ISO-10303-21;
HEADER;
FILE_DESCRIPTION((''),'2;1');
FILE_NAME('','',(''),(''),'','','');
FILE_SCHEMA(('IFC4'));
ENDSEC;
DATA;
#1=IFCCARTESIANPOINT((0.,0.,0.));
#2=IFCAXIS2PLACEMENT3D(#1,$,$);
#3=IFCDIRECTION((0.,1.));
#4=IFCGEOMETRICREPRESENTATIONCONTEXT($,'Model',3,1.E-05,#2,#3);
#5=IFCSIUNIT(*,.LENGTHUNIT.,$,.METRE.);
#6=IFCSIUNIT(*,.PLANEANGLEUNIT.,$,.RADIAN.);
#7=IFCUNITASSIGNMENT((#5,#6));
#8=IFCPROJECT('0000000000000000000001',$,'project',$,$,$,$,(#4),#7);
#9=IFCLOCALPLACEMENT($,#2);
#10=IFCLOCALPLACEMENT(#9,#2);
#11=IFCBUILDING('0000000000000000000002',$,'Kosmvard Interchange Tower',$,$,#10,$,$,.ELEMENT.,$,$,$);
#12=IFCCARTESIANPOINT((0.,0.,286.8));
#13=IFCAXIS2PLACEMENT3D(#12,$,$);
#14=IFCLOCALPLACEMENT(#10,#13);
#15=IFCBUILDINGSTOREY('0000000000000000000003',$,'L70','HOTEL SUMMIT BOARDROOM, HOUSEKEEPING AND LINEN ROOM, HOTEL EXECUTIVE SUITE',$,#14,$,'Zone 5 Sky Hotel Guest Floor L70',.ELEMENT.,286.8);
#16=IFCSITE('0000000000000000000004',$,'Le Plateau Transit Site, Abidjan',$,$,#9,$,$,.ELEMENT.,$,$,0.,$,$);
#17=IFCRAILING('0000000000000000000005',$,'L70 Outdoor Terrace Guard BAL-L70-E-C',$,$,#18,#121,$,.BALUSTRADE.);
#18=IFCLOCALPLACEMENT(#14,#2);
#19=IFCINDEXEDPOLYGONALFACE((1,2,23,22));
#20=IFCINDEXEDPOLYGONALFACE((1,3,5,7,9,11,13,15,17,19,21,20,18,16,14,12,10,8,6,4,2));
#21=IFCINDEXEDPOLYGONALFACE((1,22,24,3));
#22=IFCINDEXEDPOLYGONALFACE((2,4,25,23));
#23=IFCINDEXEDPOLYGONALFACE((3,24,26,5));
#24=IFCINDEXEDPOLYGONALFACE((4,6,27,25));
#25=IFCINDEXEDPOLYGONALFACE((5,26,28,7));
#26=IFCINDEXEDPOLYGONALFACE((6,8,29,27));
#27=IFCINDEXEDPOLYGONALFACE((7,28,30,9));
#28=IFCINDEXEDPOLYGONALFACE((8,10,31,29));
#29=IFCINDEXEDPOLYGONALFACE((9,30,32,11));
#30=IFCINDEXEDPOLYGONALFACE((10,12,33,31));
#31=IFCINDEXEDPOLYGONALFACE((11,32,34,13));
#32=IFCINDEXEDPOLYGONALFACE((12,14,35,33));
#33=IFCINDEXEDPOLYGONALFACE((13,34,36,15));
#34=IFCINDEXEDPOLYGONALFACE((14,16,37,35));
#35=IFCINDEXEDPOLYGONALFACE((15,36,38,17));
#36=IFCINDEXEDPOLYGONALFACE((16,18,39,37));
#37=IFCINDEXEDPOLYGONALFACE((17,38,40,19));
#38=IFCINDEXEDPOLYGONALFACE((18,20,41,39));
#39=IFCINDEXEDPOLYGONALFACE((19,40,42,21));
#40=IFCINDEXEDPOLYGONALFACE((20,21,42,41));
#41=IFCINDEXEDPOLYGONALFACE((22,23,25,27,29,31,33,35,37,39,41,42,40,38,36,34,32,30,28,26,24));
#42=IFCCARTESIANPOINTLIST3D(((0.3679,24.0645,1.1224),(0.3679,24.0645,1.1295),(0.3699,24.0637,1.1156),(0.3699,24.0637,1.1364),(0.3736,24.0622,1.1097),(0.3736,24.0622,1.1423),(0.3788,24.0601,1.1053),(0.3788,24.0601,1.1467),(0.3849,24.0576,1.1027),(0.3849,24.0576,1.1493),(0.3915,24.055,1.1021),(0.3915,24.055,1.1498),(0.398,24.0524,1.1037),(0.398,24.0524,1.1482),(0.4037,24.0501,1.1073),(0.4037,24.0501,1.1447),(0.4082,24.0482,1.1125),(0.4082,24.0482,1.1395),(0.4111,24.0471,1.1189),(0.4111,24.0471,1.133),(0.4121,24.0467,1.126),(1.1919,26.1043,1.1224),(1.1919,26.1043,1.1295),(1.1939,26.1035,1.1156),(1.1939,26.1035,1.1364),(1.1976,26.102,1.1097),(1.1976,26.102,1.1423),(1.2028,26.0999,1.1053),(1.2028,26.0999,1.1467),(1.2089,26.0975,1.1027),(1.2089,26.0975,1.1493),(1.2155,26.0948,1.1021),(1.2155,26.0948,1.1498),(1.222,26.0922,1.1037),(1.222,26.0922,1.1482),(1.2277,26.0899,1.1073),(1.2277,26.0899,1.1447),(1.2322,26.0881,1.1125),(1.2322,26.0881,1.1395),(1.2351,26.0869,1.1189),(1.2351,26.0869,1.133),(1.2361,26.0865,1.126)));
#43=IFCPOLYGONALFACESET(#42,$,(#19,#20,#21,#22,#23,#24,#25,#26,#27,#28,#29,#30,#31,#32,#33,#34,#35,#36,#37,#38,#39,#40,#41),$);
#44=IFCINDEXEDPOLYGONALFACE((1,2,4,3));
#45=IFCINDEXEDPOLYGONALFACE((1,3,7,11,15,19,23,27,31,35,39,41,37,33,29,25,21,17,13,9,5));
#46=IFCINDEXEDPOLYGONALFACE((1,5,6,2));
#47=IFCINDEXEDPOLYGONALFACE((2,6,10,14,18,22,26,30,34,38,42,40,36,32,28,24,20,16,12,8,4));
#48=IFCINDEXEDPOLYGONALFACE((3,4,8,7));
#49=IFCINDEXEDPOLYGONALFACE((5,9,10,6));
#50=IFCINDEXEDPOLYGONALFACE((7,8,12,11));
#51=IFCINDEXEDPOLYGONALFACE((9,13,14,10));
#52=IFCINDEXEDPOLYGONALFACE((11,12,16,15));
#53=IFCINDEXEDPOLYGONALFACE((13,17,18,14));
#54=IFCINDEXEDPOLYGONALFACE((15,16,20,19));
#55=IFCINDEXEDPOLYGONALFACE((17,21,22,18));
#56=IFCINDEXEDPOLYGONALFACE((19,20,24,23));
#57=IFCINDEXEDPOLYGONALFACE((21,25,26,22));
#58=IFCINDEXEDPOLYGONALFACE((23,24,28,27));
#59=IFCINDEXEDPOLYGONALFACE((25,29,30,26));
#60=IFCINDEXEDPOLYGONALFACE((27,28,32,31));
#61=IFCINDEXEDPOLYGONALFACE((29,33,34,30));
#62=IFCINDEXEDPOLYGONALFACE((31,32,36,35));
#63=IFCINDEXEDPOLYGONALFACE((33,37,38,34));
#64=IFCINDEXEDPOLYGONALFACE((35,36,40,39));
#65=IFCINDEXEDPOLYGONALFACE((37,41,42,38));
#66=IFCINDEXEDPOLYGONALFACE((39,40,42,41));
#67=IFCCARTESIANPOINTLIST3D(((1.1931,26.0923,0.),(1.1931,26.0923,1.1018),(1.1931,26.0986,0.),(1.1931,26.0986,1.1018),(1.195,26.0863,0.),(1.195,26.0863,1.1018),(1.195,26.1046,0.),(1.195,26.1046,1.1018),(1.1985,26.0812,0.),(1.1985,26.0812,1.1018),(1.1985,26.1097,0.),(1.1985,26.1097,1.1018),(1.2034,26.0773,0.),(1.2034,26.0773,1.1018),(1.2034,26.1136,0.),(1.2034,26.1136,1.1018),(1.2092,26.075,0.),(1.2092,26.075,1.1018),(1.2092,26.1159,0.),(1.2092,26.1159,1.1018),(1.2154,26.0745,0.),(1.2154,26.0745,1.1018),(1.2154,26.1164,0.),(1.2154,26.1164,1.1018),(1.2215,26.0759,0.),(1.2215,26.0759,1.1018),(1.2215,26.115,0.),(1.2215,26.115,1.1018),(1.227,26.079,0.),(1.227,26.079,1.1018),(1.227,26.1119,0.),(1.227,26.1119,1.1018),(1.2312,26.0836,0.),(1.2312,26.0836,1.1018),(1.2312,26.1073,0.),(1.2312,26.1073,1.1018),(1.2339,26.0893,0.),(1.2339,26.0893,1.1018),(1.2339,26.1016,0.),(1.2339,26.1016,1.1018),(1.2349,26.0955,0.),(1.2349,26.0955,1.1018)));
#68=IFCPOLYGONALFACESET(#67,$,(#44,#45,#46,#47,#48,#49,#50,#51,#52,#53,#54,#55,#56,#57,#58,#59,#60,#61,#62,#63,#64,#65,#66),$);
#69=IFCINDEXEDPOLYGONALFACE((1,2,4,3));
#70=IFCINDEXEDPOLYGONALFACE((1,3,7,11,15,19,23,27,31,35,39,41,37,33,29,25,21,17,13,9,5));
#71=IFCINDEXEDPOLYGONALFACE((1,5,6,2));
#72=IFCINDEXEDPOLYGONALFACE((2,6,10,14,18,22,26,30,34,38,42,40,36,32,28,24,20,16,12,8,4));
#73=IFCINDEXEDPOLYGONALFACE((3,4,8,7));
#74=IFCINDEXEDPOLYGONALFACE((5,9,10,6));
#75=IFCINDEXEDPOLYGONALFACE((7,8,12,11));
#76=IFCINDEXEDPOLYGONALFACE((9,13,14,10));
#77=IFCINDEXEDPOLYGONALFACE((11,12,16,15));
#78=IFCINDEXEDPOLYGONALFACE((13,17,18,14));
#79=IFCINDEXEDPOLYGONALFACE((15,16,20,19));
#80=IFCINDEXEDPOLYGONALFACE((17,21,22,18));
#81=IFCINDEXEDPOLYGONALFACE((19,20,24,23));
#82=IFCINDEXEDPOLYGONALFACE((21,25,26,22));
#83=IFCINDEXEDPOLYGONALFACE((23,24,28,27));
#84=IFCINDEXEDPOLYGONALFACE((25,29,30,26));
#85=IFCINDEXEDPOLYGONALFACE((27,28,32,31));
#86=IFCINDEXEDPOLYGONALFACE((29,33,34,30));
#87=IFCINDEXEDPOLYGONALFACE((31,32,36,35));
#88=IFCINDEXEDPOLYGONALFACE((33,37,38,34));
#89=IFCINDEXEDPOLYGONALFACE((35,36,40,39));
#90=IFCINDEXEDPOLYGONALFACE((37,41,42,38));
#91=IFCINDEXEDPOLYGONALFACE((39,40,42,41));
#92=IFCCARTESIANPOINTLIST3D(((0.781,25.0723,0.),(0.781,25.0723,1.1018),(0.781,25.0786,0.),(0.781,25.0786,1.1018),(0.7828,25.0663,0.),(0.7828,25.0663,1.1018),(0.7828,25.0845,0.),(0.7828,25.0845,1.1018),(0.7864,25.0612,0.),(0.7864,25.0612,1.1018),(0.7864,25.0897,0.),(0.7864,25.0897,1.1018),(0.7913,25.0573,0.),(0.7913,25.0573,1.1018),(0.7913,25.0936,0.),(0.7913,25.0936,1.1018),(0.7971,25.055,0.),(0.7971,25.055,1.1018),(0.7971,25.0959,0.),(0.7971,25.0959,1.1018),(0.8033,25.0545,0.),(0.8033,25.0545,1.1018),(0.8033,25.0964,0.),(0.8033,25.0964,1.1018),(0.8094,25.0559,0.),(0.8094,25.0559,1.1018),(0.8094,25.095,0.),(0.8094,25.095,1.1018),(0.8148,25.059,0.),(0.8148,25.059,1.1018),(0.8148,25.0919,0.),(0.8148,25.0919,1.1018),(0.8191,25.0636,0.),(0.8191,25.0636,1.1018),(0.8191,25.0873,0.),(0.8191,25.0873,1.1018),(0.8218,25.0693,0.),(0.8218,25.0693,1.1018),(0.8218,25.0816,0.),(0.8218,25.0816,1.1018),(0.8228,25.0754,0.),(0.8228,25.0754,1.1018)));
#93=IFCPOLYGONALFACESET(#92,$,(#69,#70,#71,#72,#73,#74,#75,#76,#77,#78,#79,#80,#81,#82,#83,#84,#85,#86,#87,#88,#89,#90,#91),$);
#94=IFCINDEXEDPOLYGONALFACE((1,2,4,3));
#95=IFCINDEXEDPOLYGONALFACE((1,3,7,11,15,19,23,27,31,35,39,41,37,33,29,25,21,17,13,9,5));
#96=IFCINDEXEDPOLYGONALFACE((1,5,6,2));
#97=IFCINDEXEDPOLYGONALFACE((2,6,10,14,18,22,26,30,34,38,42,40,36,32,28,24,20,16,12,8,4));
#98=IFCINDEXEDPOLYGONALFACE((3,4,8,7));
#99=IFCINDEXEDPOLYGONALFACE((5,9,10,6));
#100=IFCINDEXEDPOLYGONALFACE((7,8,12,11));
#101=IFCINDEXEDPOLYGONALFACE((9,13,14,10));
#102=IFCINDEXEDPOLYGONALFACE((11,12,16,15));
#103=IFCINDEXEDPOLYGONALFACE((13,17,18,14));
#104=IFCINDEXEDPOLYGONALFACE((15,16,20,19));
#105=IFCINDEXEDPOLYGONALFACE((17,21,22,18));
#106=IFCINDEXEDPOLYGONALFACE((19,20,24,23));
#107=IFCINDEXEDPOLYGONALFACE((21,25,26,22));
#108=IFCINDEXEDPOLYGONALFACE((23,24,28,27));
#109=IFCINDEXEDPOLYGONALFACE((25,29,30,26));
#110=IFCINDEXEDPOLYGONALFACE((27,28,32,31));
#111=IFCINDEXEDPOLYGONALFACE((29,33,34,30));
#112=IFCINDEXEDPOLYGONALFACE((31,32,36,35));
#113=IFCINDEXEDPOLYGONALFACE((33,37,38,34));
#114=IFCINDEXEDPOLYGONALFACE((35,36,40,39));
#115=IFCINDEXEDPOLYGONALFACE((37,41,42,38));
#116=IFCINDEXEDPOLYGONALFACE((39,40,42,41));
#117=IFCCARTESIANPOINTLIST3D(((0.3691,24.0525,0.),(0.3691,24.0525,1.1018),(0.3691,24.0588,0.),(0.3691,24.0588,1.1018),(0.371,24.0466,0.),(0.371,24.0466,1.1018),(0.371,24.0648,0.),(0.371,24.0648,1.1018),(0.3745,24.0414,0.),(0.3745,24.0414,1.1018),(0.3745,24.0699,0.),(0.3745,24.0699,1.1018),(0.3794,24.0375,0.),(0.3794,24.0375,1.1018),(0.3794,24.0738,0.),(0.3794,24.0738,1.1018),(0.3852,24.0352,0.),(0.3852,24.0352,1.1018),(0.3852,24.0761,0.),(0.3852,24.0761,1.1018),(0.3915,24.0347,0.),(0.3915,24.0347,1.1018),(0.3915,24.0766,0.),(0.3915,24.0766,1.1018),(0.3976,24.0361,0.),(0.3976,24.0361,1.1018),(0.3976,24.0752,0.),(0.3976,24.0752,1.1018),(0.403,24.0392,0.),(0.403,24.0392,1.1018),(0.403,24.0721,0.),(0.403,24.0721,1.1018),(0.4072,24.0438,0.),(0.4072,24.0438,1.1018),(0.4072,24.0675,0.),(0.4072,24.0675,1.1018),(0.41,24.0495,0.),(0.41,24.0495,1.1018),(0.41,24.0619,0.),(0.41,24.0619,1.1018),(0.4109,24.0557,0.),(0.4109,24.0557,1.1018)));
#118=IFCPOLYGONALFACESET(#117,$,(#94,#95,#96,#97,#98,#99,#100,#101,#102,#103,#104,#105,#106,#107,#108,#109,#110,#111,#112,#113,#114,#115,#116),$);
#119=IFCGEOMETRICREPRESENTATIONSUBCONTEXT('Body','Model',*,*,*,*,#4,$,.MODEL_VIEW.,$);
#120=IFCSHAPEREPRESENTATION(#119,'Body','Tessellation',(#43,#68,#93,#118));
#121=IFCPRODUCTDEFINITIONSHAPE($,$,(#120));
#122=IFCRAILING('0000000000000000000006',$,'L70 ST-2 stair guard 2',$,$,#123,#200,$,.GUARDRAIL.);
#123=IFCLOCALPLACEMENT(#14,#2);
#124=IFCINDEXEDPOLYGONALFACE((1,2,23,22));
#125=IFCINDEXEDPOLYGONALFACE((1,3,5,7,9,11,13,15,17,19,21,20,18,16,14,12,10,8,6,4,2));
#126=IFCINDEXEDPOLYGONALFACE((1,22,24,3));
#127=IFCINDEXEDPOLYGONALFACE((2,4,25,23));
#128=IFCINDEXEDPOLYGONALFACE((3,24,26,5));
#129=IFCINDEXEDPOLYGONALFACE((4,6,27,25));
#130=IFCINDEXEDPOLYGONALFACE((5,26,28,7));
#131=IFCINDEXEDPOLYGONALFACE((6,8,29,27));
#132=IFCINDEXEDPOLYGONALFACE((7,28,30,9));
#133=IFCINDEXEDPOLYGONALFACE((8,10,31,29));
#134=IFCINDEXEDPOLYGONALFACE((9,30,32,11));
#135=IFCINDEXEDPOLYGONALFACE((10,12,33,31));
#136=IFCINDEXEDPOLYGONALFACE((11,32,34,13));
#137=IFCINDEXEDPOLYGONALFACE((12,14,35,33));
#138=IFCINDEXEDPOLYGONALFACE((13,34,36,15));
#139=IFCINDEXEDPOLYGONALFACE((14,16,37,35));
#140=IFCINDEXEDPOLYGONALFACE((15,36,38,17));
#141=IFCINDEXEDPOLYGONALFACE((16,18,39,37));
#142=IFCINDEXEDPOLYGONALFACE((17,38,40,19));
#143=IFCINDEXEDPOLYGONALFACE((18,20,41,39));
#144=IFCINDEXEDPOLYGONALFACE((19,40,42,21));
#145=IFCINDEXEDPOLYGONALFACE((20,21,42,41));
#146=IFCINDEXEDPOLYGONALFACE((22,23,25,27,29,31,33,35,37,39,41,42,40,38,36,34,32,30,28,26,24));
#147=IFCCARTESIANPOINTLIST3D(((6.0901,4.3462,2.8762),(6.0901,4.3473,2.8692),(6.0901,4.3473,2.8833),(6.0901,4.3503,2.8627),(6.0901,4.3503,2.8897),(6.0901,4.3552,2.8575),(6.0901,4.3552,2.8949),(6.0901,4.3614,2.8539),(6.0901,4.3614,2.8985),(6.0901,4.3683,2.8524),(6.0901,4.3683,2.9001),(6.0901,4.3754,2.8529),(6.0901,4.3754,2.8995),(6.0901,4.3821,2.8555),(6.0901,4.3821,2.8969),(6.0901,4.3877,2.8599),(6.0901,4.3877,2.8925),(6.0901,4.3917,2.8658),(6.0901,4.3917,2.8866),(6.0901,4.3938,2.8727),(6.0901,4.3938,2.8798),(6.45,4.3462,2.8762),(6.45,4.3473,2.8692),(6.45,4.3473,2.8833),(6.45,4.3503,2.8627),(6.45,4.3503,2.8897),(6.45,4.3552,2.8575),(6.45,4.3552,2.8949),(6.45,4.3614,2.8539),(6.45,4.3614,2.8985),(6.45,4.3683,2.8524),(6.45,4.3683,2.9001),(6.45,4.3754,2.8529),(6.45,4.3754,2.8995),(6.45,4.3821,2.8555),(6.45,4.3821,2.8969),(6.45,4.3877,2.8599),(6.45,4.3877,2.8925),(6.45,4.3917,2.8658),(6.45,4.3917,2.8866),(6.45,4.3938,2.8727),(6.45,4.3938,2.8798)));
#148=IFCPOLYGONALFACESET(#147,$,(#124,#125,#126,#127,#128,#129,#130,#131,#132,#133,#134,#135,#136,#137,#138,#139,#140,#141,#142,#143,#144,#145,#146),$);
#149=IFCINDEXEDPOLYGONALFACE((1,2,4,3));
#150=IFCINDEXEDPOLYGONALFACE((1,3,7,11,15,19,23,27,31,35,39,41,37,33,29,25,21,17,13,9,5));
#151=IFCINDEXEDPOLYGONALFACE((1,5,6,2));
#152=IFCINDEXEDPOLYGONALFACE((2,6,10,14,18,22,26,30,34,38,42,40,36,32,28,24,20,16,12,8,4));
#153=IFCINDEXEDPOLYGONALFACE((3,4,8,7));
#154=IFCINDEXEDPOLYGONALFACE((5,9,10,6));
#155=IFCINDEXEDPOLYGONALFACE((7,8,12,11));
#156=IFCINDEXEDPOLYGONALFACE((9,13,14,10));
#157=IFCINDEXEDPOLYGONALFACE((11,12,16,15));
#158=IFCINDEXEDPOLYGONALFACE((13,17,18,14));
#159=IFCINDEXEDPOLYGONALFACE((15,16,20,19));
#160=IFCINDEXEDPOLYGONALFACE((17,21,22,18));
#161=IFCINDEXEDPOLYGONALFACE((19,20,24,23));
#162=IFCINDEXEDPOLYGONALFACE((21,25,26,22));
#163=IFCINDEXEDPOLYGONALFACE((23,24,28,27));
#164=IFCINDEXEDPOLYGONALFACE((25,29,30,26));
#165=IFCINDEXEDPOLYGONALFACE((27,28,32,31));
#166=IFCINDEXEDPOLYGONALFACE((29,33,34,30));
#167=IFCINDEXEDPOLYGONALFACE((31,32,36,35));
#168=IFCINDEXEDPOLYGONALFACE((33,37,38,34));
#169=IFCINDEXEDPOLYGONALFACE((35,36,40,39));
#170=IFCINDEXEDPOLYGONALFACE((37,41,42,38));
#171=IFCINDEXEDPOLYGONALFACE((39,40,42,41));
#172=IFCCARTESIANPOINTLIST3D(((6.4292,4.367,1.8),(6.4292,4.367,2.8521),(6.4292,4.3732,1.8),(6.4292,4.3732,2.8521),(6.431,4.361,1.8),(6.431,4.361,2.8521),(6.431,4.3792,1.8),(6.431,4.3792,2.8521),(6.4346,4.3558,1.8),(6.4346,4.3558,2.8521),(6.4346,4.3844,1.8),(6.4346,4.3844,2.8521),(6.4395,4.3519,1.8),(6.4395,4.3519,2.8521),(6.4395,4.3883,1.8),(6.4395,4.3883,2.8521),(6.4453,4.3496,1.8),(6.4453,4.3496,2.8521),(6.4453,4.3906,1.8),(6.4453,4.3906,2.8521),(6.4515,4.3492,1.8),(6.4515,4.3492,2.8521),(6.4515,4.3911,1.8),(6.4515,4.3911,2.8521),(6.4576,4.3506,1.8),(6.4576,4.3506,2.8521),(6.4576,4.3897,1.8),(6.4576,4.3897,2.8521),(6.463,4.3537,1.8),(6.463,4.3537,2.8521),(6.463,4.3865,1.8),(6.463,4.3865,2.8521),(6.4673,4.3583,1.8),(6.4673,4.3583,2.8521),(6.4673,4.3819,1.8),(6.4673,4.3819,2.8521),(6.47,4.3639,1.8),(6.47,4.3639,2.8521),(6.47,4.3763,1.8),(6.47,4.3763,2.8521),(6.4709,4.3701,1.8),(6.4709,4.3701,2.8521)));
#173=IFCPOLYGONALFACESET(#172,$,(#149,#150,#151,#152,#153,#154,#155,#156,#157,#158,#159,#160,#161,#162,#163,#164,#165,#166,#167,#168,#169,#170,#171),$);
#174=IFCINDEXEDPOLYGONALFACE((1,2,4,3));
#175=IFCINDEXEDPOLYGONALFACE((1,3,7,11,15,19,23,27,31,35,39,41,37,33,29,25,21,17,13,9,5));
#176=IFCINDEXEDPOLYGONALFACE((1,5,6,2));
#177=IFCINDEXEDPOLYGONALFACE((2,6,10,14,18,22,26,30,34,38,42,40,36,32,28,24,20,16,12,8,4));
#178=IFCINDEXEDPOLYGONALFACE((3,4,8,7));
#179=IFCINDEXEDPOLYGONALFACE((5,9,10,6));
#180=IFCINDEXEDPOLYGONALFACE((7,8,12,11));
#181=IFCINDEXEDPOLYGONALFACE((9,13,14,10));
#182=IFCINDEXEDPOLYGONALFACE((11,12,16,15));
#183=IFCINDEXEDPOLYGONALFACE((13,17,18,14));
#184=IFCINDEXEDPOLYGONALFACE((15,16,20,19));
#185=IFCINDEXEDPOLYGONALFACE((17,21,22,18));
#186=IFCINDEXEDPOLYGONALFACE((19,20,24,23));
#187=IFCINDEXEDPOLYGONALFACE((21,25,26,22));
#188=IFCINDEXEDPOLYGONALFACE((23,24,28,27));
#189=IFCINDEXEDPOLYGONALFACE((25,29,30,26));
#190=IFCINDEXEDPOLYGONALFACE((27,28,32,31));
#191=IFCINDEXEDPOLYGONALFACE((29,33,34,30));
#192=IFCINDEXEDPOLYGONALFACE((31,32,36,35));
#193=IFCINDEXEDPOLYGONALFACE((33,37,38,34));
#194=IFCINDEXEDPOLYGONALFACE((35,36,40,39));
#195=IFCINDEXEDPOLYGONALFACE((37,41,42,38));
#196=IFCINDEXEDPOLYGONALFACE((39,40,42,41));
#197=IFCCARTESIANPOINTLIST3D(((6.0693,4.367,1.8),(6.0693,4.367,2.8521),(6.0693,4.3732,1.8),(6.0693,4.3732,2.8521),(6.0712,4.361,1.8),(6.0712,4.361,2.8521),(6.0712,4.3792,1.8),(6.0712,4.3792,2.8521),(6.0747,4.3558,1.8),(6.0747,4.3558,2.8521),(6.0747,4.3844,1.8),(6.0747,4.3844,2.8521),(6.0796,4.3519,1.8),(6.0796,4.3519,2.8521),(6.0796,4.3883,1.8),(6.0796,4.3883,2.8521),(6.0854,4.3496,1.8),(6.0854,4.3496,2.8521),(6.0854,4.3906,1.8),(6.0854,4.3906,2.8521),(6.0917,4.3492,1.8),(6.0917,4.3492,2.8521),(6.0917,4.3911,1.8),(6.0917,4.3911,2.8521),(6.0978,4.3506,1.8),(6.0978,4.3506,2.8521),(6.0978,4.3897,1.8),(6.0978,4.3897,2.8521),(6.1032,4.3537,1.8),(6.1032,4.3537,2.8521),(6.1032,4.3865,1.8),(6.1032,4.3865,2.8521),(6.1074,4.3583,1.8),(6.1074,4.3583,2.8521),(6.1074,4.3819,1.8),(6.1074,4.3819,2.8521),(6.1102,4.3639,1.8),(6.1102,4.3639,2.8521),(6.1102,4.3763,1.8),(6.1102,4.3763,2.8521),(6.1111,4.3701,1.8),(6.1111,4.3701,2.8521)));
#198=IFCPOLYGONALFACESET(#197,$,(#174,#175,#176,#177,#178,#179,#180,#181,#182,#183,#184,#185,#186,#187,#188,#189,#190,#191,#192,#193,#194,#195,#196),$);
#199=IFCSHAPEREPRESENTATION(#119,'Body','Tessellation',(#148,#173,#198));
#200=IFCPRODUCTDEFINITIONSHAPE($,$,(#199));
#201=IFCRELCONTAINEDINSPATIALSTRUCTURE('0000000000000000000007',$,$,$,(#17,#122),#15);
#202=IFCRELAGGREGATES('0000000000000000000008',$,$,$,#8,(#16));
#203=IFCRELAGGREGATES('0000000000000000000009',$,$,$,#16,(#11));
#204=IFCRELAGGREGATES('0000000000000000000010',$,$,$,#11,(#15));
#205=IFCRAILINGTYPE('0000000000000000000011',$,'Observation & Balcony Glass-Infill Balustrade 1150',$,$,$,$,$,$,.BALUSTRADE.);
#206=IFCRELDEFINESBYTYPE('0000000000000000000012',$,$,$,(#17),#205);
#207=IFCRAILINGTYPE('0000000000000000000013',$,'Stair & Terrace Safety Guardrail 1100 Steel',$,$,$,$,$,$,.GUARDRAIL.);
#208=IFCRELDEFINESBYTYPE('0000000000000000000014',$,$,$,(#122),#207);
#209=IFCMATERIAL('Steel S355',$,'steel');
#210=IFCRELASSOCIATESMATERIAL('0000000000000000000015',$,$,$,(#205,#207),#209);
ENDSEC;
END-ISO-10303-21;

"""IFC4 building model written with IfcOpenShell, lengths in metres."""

from ifc_helpers import new_model, si_unit, direction, frame, origin, origin_2d, place, context, subcontext, project, spatial, circle, extrude, source, transform, mapped, material, type_object, element, save


model = new_model("IFC4")

# Units and contexts
model_context = context("Model", 3, precision=1e-05, world=origin(), true_north=direction((0.0, 1.0)))
body_context = subcontext(model_context, "Body", "Model", "MODEL_VIEW")
ifc_project = project(units=[si_unit("LENGTHUNIT", "METRE"), si_unit("PLANEANGLEUNIT", "RADIAN")], contexts=[model_context])

# Site, building, storey
site_placement = place(None, origin())
site = spatial("IfcSite", under=ifc_project, at=site_placement, Name="Le Plateau Transit Site, Abidjan", CompositionType="ELEMENT", RefElevation=0.0)
building_placement = place(site_placement, origin())
building = spatial("IfcBuilding", under=site, at=building_placement, Name="Kosmvard Interchange Tower", CompositionType="ELEMENT")
storey_placement = place(building_placement, frame((0.0, 0.0, 286.8)))
storey = spatial("IfcBuildingStorey", under=building, at=storey_placement, Name="L70", Description="HOTEL SUMMIT BOARDROOM, HOUSEKEEPING AND LINEN ROOM, HOTEL EXECUTIVE SUITE", LongName="Zone 5 Sky Hotel Guest Floor L70", CompositionType="ELEMENT", Elevation=286.8)

# Shared definitions
ifc_material_1 = material(Name="Steel S355", Category="steel")

# Railings
railing_type_1 = type_object("IfcRailingType", Name="Observation & Balcony Glass-Infill Balustrade 1150", PredefinedType="BALUSTRADE", material=ifc_material_1)
shared_shape_1 = source(origin(), body_context, "Body", "SweptSolid", [
    extrude(circle(Radius=0.0239, at=origin_2d()), frame((0.0, 0.0, 1.126), z_axis=(-0.374546, -0.927208, 0.0), x_axis=(0.927208, -0.374546, 0.0)), (0.0, 0.0, 1.0), 2.2),
    extrude(circle(Radius=0.021, at=origin_2d()), origin(), (0.0, 0.0, 1.0), 1.1018),
    extrude(circle(Radius=0.021, at=origin_2d()), frame((-0.4121, -1.02, 0.0)), (0.0, 0.0, 1.0), 1.1018),
    extrude(circle(Radius=0.021, at=origin_2d()), frame((-0.824, -2.0398, 0.0)), (0.0, 0.0, 1.0), 1.1018),
])
railing_1_placement = place(storey_placement, frame((1.2139, 26.0955, 0.0)))
element("IfcRailing", 1, at=railing_1_placement, inside=storey, type_object=railing_type_1, Name="L70 Outdoor Terrace Guard BAL-L70-E-C", PredefinedType="BALUSTRADE", context=body_context, shape_type="MappedRepresentation", body=[
    mapped(shared_shape_1, transform((0.0, 0.0, 0.0), scale=1.0)),
])
railing_type_2 = type_object("IfcRailingType", Name="Stair & Terrace Safety Guardrail 1100 Steel", PredefinedType="GUARDRAIL", material=ifc_material_1)
shared_shape_2 = source(origin(), body_context, "Body", "SweptSolid", [
    extrude(circle(Radius=0.0239, at=origin_2d()), frame((0.0, 0.0, 1.0762), z_axis=(-1.0, 0.0, 0.0), x_axis=(0.0, -1.0, 0.0)), (0.0, 0.0, 1.0), 0.3599),
    extrude(circle(Radius=0.021, at=origin_2d()), origin(), (0.0, 0.0, 1.0), 1.052),
    extrude(circle(Radius=0.021, at=origin_2d()), frame((-0.3599, 0.0, 0.0)), (0.0, 0.0, 1.0), 1.052),
])
for number, where, name in (
    (2, (6.45, 4.3701, 1.8), "L70 ST-2 stair guard 2"),
):
    element("IfcRailing", number, at=place(storey_placement, frame(where)), inside=storey, type_object=railing_type_2, Name=name, PredefinedType="GUARDRAIL", context=body_context, shape_type="MappedRepresentation", body=[
        mapped(shared_shape_2, transform((0.0, 0.0, 0.0), scale=1.0)),
    ])

save(model, "model.ifc")
